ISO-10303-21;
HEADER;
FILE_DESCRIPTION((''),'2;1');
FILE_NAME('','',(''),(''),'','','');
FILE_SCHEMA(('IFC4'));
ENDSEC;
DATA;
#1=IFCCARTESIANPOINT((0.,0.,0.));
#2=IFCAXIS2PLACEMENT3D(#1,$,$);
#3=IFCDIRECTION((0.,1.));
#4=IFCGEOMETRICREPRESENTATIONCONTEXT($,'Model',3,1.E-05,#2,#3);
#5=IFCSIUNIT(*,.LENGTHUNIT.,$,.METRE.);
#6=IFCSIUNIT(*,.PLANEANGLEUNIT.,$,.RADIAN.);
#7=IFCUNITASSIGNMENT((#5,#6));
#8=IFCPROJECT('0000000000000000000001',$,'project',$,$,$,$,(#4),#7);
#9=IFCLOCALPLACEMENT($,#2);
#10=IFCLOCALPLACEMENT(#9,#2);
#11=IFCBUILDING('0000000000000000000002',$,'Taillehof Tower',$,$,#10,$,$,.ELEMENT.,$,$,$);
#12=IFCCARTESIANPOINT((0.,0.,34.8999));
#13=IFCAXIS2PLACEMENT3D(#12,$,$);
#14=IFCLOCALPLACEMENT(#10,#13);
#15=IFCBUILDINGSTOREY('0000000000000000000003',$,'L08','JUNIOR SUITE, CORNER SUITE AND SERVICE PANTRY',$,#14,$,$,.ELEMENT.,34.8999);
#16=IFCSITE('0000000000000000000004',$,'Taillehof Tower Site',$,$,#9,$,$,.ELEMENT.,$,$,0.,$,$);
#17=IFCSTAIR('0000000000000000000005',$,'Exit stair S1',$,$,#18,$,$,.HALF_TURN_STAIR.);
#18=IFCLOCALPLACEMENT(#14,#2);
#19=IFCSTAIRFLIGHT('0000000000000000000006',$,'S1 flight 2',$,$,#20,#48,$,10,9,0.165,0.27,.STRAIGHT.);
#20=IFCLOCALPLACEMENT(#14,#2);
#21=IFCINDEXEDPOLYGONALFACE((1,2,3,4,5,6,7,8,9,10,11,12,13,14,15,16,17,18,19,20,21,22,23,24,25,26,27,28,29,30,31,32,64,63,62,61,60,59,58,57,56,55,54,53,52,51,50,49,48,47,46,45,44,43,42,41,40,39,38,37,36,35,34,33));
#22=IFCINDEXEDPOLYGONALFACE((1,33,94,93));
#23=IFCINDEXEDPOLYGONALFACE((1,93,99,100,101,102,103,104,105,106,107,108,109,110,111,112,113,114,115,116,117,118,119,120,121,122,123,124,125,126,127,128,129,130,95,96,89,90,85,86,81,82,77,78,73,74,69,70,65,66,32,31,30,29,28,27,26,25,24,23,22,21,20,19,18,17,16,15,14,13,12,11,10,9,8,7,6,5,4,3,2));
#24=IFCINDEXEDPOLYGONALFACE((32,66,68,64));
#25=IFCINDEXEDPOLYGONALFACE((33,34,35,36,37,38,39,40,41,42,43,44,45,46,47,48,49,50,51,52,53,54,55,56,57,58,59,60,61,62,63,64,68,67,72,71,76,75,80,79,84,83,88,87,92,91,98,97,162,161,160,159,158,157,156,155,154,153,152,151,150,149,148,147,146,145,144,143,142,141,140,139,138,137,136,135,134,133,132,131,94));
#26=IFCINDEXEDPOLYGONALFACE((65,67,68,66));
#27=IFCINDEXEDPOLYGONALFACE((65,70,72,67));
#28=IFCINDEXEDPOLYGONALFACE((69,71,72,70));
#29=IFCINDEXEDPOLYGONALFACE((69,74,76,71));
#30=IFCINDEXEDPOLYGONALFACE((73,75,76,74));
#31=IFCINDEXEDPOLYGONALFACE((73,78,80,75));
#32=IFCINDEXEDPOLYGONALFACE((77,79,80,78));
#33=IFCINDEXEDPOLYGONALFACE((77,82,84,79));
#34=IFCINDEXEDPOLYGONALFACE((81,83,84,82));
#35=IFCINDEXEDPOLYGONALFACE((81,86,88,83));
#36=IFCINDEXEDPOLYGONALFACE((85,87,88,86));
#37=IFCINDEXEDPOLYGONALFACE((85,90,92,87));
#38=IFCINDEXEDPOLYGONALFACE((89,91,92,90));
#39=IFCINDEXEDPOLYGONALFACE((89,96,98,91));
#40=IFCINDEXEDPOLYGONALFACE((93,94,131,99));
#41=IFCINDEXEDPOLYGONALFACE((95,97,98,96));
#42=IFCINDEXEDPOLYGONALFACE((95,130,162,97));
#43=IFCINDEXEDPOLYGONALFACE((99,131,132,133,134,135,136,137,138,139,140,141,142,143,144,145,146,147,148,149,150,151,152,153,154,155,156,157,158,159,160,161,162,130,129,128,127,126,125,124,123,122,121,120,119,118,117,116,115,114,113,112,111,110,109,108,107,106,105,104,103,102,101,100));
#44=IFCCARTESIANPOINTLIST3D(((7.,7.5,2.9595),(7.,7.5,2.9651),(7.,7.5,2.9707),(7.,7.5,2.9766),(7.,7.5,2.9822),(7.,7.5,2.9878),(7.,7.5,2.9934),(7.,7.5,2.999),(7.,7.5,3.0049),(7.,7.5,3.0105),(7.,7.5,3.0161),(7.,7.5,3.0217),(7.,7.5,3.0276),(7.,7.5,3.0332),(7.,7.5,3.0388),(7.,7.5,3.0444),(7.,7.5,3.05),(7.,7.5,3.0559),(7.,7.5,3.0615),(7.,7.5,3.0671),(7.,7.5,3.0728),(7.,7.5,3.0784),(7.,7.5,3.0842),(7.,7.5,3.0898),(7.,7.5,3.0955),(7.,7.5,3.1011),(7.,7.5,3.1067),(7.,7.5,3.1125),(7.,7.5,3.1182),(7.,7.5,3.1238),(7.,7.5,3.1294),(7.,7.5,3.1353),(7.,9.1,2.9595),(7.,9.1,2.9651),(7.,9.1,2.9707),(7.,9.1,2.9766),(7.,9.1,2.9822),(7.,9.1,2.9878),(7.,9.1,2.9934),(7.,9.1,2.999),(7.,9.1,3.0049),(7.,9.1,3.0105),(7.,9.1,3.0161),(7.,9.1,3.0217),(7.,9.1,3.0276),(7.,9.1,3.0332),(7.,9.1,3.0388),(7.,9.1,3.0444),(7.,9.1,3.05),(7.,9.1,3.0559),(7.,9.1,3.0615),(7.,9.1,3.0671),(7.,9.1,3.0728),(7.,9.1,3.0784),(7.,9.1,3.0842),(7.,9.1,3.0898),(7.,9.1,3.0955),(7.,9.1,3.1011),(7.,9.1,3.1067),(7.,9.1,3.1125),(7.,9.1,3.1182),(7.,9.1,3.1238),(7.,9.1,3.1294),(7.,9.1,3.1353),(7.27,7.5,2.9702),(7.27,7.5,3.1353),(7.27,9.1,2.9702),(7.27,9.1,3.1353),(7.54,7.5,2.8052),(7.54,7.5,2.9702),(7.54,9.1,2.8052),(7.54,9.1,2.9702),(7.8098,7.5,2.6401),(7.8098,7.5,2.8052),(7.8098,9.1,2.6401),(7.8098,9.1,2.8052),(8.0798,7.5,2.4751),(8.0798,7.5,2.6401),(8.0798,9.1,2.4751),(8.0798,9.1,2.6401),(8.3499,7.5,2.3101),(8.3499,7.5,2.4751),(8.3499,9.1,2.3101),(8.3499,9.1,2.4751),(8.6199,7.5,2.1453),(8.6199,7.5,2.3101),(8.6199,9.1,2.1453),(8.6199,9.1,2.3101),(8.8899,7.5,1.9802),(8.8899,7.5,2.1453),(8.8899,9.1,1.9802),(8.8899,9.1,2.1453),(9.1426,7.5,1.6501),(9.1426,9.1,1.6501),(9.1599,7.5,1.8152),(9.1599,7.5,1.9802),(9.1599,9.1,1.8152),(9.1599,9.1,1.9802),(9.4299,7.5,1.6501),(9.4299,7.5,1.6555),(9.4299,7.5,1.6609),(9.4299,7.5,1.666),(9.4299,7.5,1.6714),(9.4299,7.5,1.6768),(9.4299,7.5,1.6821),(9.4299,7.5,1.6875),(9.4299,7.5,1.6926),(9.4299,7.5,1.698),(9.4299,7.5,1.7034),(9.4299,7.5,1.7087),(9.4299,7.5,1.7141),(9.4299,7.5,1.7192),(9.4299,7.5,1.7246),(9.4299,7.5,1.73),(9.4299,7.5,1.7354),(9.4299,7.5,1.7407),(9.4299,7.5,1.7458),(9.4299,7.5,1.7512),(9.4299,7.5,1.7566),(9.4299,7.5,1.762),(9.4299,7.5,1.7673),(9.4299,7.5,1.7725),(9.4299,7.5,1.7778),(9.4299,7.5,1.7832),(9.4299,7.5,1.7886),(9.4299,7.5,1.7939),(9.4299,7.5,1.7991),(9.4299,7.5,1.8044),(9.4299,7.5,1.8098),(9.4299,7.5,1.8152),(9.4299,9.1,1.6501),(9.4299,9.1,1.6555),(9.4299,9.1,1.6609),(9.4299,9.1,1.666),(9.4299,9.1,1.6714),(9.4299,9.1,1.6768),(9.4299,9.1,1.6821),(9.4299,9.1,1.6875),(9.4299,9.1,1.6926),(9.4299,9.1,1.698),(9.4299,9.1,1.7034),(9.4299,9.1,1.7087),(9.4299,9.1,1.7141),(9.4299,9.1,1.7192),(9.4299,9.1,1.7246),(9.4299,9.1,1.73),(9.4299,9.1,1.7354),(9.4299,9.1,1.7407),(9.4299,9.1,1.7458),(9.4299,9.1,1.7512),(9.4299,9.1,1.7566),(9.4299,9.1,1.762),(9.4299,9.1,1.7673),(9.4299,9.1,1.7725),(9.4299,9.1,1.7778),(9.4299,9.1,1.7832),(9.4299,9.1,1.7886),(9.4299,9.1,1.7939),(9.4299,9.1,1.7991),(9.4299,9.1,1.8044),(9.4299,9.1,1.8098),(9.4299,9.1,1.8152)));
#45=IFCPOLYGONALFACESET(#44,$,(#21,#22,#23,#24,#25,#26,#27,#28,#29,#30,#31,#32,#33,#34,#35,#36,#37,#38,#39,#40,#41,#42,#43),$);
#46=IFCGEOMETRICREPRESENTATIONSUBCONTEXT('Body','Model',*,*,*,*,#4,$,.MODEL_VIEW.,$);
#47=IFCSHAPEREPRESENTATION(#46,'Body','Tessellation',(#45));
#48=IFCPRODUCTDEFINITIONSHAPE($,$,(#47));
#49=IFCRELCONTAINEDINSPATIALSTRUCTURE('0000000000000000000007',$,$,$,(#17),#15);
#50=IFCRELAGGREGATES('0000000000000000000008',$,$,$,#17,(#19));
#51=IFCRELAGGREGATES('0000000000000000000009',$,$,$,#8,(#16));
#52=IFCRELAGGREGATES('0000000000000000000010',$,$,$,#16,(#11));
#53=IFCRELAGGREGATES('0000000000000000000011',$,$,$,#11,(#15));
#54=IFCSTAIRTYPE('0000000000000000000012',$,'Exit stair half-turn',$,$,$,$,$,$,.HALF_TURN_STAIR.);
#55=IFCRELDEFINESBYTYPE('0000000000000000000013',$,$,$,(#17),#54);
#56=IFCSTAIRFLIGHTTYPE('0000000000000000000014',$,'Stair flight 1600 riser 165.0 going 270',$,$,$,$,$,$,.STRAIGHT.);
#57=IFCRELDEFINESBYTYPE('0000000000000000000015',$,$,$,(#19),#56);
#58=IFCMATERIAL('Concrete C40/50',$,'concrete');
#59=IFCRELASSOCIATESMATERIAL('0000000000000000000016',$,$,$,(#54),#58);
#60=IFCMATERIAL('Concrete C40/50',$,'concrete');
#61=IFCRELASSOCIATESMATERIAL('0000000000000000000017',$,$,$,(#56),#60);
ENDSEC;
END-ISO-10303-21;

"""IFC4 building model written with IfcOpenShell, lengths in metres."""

from ifc_helpers import new_model, si_unit, direction, frame, origin, place, context, subcontext, project, spatial, polyline, outline, extrude, material, type_object, element, aggregate, save


model = new_model("IFC4")

# Units and contexts
model_context = context("Model", 3, precision=1e-05, world=origin(), true_north=direction((0.0, 1.0)))
body_context = subcontext(model_context, "Body", "Model", "MODEL_VIEW")
ifc_project = project(units=[si_unit("LENGTHUNIT", "METRE"), si_unit("PLANEANGLEUNIT", "RADIAN")], contexts=[model_context])

# Site, building, storey
site_placement = place(None, origin())
site = spatial("IfcSite", under=ifc_project, at=site_placement, Name="Taillehof Tower Site", CompositionType="ELEMENT", RefElevation=0.0)
building_placement = place(site_placement, origin())
building = spatial("IfcBuilding", under=site, at=building_placement, Name="Taillehof Tower", CompositionType="ELEMENT")
storey_placement = place(building_placement, frame((0.0, 0.0, 34.8999)))
storey = spatial("IfcBuildingStorey", under=building, at=storey_placement, Name="L08", Description="JUNIOR SUITE, CORNER SUITE AND SERVICE PANTRY", CompositionType="ELEMENT", Elevation=34.8999)

# Stair, stair flight
ifc_material_1 = material(Name="Concrete C40/50", Category="concrete")
stair_type = type_object("IfcStairType", Name="Exit stair half-turn", PredefinedType="HALF_TURN_STAIR", material=ifc_material_1)
stair_placement = place(storey_placement, origin())
stair = element("IfcStair", 1, at=stair_placement, inside=storey, type_object=stair_type, Name="Exit stair S1", PredefinedType="HALF_TURN_STAIR")
ifc_material_2 = material(Name="Concrete C40/50", Category="concrete")
stair_flight_type = type_object("IfcStairFlightType", Name="Stair flight 1600 riser 165.0 going 270", PredefinedType="STRAIGHT", material=ifc_material_2)
stair_flight_placement = place(storey_placement, frame((9.4299, 8.3, 1.6501), z_axis=(0.0, 0.0, 1.0), x_axis=(-1.0, 0.0, 0.0)))
stair_flight = element("IfcStairFlight", 2, at=stair_flight_placement, type_object=stair_flight_type, Name="S1 flight 2", NumberOfRisers=10, NumberOfTreads=9, PredefinedType="STRAIGHT", RiserHeight=0.165, TreadLength=0.27, context=body_context, shape_type="SweptSolid", body=[
    extrude(outline(polyline([(0.0, 0.0), (0.0, 0.0054), (0.0, 0.0107), (0.0, 0.0159), (0.0, 0.0212), (0.0, 0.0266), (0.0, 0.032), (0.0, 0.0374), (0.0, 0.0425), (0.0, 0.0479), (0.0, 0.0532), (0.0, 0.0586), (0.0, 0.064), (0.0, 0.0691), (0.0, 0.0745), (0.0, 0.0798), (0.0, 0.0852), (0.0, 0.0906), (0.0, 0.0957), (0.0, 0.1011), (0.0, 0.1064), (0.0, 0.1118), (0.0, 0.1172), (0.0, 0.1223), (0.0, 0.1277), (0.0, 0.1331), (0.0, 0.1384), (0.0, 0.1438), (0.0, 0.1489), (0.0, 0.1543), (0.0, 0.1597), (0.0, 0.165), (0.27, 0.165), (0.27, 0.3301), (0.54, 0.3301), (0.54, 0.4951), (0.8101, 0.4951), (0.8101, 0.6599), (1.0801, 0.6599), (1.0801, 0.825), (1.3501, 0.825), (1.3501, 0.99), (1.6201, 0.99), (1.6201, 1.155), (1.8899, 1.155), (1.8899, 1.3201), (2.1599, 1.3201), (2.1599, 1.4851), (2.4299, 1.4851), (2.4299, 1.4792), (2.4299, 1.4736), (2.4299, 1.468), (2.4299, 1.4624), (2.4299, 1.4565), (2.4299, 1.4509), (2.4299, 1.4453), (2.4299, 1.4397), (2.4299, 1.4341), (2.4299, 1.4282), (2.4299, 1.4226), (2.4299, 1.417), (2.4299, 1.4114), (2.4299, 1.4058), (2.4299, 1.3999), (2.4299, 1.3943), (2.4299, 1.3887), (2.4299, 1.3831), (2.4299, 1.3774), (2.4299, 1.3716), (2.4299, 1.366), (2.4299, 1.3604), (2.4299, 1.3547), (2.4299, 1.3489), (2.4299, 1.3433), (2.4299, 1.3376), (2.4299, 1.332), (2.4299, 1.3264), (2.4299, 1.3206), (2.4299, 1.3149), (2.4299, 1.3093), (0.2874, 0.0), (0.0, 0.0)])), frame((0.0, 0.8, 0.0), z_axis=(0.0, -1.0, 0.0), x_axis=(1.0, 0.0, 0.0)), (0.0, 0.0, 1.0), 1.6),
])
aggregate(stair, [stair_flight])

save(model, "model.ifc")
